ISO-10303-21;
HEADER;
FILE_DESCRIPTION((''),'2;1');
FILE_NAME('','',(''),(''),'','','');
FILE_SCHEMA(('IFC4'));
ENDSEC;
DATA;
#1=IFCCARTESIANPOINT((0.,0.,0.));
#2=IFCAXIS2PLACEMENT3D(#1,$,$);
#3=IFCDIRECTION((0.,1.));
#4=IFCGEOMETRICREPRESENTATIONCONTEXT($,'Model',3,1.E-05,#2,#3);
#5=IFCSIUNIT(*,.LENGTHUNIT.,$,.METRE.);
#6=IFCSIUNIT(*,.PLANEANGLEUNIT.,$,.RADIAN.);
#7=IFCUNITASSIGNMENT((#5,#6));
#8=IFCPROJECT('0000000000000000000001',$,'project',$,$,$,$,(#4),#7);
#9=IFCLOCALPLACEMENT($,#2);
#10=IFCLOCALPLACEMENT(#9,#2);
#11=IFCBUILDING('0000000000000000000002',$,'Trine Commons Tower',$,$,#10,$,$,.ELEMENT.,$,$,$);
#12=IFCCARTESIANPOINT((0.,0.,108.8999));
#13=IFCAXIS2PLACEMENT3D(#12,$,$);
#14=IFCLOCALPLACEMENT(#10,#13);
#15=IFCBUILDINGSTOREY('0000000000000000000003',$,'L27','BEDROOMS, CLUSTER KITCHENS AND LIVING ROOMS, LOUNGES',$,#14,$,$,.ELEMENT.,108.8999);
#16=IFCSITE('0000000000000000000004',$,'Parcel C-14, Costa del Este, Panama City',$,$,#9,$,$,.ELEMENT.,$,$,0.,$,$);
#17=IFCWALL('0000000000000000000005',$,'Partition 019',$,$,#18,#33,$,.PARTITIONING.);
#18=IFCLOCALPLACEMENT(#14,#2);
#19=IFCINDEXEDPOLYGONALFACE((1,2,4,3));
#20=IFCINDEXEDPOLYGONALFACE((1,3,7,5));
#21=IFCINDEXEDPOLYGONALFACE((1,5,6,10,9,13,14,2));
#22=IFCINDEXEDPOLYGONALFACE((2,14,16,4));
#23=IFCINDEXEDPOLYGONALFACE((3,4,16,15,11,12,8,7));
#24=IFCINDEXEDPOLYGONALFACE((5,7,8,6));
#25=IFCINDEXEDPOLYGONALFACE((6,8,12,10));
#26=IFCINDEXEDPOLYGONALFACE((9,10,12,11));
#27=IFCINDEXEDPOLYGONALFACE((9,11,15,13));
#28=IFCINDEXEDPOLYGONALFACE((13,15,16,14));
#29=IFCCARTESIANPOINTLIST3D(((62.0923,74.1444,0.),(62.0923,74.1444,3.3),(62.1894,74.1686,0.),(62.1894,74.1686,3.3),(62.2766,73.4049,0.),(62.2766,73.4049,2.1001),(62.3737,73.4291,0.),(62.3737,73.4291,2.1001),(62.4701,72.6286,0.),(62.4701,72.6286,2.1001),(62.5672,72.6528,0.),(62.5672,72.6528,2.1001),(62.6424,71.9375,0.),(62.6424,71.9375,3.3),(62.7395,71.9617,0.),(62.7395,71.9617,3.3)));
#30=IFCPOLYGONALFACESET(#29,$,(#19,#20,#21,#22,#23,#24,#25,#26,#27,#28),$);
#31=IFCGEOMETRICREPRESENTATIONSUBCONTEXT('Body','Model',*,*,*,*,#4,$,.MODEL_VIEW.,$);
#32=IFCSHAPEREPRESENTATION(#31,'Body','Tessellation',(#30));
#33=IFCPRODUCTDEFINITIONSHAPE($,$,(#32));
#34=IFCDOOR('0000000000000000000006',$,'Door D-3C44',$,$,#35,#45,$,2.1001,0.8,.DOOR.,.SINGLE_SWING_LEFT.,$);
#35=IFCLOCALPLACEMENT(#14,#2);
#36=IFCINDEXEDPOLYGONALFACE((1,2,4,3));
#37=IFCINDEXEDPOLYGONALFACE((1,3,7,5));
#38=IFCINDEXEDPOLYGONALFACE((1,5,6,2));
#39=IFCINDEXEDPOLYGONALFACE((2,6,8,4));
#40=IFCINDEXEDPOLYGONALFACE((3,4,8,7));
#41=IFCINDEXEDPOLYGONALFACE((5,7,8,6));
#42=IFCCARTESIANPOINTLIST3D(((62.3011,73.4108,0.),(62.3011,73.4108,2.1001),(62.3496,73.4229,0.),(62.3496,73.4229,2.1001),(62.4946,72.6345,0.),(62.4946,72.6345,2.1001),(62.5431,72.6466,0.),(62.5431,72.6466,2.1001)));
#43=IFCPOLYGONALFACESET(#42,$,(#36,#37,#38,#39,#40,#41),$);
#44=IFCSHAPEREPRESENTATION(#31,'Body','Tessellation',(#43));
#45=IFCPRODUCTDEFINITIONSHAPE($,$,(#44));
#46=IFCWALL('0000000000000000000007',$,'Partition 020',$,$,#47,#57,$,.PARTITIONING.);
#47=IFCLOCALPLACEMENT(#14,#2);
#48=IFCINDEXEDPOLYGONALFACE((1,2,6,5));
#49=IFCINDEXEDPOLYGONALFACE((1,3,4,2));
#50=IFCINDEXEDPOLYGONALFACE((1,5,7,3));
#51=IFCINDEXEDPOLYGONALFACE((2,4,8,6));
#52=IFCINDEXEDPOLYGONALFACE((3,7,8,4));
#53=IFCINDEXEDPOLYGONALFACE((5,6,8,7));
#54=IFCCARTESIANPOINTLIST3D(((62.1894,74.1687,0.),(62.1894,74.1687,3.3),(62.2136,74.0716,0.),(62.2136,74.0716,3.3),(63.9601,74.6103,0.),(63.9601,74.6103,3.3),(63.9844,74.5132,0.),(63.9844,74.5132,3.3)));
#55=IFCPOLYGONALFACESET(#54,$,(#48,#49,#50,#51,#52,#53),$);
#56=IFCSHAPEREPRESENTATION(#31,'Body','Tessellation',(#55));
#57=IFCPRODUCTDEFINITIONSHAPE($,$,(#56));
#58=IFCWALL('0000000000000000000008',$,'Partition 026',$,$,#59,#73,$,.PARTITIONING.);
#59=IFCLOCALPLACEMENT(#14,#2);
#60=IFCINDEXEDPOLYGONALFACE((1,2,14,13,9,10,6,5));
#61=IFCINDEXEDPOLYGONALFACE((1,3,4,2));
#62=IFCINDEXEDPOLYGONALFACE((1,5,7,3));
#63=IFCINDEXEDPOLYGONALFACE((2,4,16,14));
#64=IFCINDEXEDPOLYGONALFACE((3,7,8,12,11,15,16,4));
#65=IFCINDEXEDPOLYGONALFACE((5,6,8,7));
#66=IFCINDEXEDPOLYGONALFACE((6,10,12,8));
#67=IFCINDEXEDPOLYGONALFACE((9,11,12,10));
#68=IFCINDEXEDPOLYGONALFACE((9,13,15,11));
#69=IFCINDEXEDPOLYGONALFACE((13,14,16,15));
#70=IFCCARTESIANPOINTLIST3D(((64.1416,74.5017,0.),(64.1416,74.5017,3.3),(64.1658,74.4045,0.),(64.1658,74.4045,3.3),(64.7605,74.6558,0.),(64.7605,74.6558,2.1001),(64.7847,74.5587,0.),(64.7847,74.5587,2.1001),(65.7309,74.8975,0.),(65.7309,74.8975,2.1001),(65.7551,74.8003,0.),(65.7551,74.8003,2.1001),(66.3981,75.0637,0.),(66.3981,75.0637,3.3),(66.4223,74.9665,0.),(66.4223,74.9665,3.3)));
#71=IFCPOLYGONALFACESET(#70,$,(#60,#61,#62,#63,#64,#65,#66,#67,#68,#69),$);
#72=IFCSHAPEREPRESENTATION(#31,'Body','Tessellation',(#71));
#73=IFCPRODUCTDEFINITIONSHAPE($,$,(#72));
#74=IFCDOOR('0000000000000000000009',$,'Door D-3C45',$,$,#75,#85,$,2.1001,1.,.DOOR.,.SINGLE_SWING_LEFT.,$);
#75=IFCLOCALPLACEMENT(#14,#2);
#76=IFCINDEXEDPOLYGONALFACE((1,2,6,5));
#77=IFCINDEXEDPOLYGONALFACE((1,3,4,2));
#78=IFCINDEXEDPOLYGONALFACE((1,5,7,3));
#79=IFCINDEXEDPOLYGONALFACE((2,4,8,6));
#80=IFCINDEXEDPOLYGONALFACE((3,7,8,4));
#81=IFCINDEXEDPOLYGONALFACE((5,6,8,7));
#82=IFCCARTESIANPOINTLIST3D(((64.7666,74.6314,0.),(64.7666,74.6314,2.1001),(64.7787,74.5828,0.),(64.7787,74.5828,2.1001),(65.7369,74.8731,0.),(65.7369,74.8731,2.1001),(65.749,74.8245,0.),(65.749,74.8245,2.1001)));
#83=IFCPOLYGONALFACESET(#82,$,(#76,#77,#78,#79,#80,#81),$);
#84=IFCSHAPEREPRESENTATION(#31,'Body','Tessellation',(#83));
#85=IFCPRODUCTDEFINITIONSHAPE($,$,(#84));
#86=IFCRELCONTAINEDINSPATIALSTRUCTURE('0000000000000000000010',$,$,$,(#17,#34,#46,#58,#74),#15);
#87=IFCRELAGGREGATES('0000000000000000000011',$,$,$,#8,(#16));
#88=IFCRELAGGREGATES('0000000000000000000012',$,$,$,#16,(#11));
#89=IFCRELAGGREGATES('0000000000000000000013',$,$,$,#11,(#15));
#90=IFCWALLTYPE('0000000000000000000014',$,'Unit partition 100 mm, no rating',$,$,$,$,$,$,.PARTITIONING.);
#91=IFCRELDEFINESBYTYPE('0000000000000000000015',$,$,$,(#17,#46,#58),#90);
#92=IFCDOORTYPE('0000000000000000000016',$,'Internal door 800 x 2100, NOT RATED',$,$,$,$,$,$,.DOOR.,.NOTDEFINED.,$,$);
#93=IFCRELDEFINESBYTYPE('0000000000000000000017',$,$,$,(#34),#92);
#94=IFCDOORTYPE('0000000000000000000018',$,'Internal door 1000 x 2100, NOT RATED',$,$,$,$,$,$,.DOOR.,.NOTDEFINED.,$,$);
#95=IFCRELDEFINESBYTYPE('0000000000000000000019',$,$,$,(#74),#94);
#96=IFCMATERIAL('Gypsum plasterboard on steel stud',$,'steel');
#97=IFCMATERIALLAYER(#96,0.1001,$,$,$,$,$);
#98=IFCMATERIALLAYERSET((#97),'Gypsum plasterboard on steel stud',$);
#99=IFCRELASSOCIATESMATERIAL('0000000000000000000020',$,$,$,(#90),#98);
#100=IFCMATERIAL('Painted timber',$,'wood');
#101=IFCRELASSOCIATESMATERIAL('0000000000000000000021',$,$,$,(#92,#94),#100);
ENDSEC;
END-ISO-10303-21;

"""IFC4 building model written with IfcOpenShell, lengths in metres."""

from ifc_helpers import new_model, si_unit, direction, frame, frame_2d, origin, place, context, subcontext, project, spatial, rectangle, extrude, material, layer, layer_set, type_object, element, fill, save


model = new_model("IFC4")

# Units and contexts
model_context = context("Model", 3, precision=1e-05, world=origin(), true_north=direction((0.0, 1.0)))
body_context = subcontext(model_context, "Body", "Model", "MODEL_VIEW")
ifc_project = project(units=[si_unit("LENGTHUNIT", "METRE"), si_unit("PLANEANGLEUNIT", "RADIAN")], contexts=[model_context])

# Site, building, storey
site_placement = place(None, origin())
site = spatial("IfcSite", under=ifc_project, at=site_placement, Name="Parcel C-14, Costa del Este, Panama City", CompositionType="ELEMENT", RefElevation=0.0)
building_placement = place(site_placement, origin())
building = spatial("IfcBuilding", under=site, at=building_placement, Name="Trine Commons Tower", CompositionType="ELEMENT")
storey_placement = place(building_placement, frame((0.0, 0.0, 108.8999)))
storey = spatial("IfcBuildingStorey", under=building, at=storey_placement, Name="L27", Description="BEDROOMS, CLUSTER KITCHENS AND LIVING ROOMS, LOUNGES", CompositionType="ELEMENT", Elevation=108.8999)

# Shared definitions
ifc_material_1 = material(Name="Gypsum plasterboard on steel stud", Category="steel")

# Shared definitions
ifc_layer_1 = layer(ifc_material_1, 0.1001)
ifc_layer_set_1 = layer_set([ifc_layer_1], Name="Gypsum plasterboard on steel stud")
wall_type_1 = type_object("IfcWallType", Name="Unit partition 100 mm, no rating", PredefinedType="PARTITIONING", material=ifc_layer_set_1)

# Wall, opening, door
ifc_material_2 = material(Name="Painted timber", Category="wood")
door_type_1 = type_object("IfcDoorType", Name="Internal door 800 x 2100, NOT RATED", OperationType="NOTDEFINED", PredefinedType="DOOR", material=ifc_material_2)
wall_1_placement = place(storey_placement, frame((62.1409, 74.1565, 0.0), z_axis=(0.0, 0.0, 1.0), x_axis=(0.241854, -0.970313, 0.0)))
wall_1 = element("IfcWall", 1, at=wall_1_placement, inside=storey, type_object=wall_type_1, Name="Partition 019", PredefinedType="PARTITIONING", context=body_context, shape_type="SweptSolid", body=[
    extrude(rectangle(XDim=2.2744, YDim=0.1001, at=frame_2d((1.1372, 0.0))), origin(), (0.0, 0.0, 1.0), 3.3),
])
opening_1_placement = place(wall_1_placement, frame((0.7622, 0.0, 0.0)))
opening_1 = element("IfcOpeningElement", 2, at=opening_1_placement, cuts=wall_1, PredefinedType="OPENING", context=body_context, shape_type="SweptSolid", body=[
    extrude(rectangle(XDim=0.8, YDim=2.1001, at=frame_2d((0.3999, 1.05))), frame((0.0, 0.0601, 0.0), z_axis=(0.0, -1.0, 0.0), x_axis=(1.0, 0.0, 0.0)), (0.0, 0.0, 1.0), 0.1201),
])
door_1_placement = place(opening_1_placement, frame((0.8, 0.0, 0.0), z_axis=(0.0, 0.0, 1.0), x_axis=(-1.0, 0.0, 0.0)))
door_1 = element("IfcDoor", 3, at=door_1_placement, inside=storey, type_object=door_type_1, Name="Door D-3C44", OperationType="SINGLE_SWING_LEFT", OverallHeight=2.1001, OverallWidth=0.8, PredefinedType="DOOR", context=body_context, shape_type="SweptSolid", body=[
    extrude(rectangle(XDim=0.8, YDim=2.1001, at=frame_2d((0.3999, 1.05))), frame((0.0, 0.0249, 0.0), z_axis=(0.0, -1.0, 0.0), x_axis=(1.0, 0.0, 0.0)), (0.0, 0.0, 1.0), 0.05),
])
fill(opening_1, door_1)

# Wall
wall_2_placement = place(storey_placement, frame((62.2014, 74.1201, 0.0), z_axis=(0.0, 0.0, 1.0), x_axis=(0.970276, 0.242, 0.0)))
element("IfcWall", 4, at=wall_2_placement, inside=storey, type_object=wall_type_1, Name="Partition 020", PredefinedType="PARTITIONING", context=body_context, shape_type="SweptSolid", body=[
    extrude(rectangle(XDim=1.825, YDim=0.1001, at=frame_2d((0.9126, 0.0))), origin(), (0.0, 0.0, 1.0), 3.3),
])

# Wall, opening, door
wall_3_placement = place(storey_placement, frame((64.1538, 74.4531, 0.0), z_axis=(0.0, 0.0, 1.0), x_axis=(0.970358, 0.241671, 0.0)))
wall_3 = element("IfcWall", 5, at=wall_3_placement, inside=storey, type_object=wall_type_1, Name="Partition 026", PredefinedType="PARTITIONING", context=body_context, shape_type="SweptSolid", body=[
    extrude(rectangle(XDim=2.3254, YDim=0.1001, at=frame_2d((1.1626, 0.0))), origin(), (0.0, 0.0, 1.0), 3.3),
])
opening_2_placement = place(wall_3_placement, frame((0.6377, 0.0, 0.0)))
opening_2 = element("IfcOpeningElement", 6, at=opening_2_placement, cuts=wall_3, PredefinedType="OPENING", context=body_context, shape_type="SweptSolid", body=[
    extrude(rectangle(XDim=1.0, YDim=2.1001, at=frame_2d((0.5, 1.05))), frame((0.0, 0.0601, 0.0), z_axis=(0.0, -1.0, 0.0), x_axis=(1.0, 0.0, 0.0)), (0.0, 0.0, 1.0), 0.1201),
])
door_type_2 = type_object("IfcDoorType", Name="Internal door 1000 x 2100, NOT RATED", OperationType="NOTDEFINED", PredefinedType="DOOR", material=ifc_material_2)
door_2_placement = place(opening_2_placement, origin())
door_2 = element("IfcDoor", 7, at=door_2_placement, inside=storey, type_object=door_type_2, Name="Door D-3C45", OperationType="SINGLE_SWING_LEFT", OverallHeight=2.1001, OverallWidth=1.0, PredefinedType="DOOR", context=body_context, shape_type="SweptSolid", body=[
    extrude(rectangle(XDim=1.0, YDim=2.1001, at=frame_2d((0.5, 1.05))), frame((0.0, 0.0249, 0.0), z_axis=(0.0, -1.0, 0.0), x_axis=(1.0, 0.0, 0.0)), (0.0, 0.0, 1.0), 0.05),
])
fill(opening_2, door_2)

save(model, "model.ifc")
